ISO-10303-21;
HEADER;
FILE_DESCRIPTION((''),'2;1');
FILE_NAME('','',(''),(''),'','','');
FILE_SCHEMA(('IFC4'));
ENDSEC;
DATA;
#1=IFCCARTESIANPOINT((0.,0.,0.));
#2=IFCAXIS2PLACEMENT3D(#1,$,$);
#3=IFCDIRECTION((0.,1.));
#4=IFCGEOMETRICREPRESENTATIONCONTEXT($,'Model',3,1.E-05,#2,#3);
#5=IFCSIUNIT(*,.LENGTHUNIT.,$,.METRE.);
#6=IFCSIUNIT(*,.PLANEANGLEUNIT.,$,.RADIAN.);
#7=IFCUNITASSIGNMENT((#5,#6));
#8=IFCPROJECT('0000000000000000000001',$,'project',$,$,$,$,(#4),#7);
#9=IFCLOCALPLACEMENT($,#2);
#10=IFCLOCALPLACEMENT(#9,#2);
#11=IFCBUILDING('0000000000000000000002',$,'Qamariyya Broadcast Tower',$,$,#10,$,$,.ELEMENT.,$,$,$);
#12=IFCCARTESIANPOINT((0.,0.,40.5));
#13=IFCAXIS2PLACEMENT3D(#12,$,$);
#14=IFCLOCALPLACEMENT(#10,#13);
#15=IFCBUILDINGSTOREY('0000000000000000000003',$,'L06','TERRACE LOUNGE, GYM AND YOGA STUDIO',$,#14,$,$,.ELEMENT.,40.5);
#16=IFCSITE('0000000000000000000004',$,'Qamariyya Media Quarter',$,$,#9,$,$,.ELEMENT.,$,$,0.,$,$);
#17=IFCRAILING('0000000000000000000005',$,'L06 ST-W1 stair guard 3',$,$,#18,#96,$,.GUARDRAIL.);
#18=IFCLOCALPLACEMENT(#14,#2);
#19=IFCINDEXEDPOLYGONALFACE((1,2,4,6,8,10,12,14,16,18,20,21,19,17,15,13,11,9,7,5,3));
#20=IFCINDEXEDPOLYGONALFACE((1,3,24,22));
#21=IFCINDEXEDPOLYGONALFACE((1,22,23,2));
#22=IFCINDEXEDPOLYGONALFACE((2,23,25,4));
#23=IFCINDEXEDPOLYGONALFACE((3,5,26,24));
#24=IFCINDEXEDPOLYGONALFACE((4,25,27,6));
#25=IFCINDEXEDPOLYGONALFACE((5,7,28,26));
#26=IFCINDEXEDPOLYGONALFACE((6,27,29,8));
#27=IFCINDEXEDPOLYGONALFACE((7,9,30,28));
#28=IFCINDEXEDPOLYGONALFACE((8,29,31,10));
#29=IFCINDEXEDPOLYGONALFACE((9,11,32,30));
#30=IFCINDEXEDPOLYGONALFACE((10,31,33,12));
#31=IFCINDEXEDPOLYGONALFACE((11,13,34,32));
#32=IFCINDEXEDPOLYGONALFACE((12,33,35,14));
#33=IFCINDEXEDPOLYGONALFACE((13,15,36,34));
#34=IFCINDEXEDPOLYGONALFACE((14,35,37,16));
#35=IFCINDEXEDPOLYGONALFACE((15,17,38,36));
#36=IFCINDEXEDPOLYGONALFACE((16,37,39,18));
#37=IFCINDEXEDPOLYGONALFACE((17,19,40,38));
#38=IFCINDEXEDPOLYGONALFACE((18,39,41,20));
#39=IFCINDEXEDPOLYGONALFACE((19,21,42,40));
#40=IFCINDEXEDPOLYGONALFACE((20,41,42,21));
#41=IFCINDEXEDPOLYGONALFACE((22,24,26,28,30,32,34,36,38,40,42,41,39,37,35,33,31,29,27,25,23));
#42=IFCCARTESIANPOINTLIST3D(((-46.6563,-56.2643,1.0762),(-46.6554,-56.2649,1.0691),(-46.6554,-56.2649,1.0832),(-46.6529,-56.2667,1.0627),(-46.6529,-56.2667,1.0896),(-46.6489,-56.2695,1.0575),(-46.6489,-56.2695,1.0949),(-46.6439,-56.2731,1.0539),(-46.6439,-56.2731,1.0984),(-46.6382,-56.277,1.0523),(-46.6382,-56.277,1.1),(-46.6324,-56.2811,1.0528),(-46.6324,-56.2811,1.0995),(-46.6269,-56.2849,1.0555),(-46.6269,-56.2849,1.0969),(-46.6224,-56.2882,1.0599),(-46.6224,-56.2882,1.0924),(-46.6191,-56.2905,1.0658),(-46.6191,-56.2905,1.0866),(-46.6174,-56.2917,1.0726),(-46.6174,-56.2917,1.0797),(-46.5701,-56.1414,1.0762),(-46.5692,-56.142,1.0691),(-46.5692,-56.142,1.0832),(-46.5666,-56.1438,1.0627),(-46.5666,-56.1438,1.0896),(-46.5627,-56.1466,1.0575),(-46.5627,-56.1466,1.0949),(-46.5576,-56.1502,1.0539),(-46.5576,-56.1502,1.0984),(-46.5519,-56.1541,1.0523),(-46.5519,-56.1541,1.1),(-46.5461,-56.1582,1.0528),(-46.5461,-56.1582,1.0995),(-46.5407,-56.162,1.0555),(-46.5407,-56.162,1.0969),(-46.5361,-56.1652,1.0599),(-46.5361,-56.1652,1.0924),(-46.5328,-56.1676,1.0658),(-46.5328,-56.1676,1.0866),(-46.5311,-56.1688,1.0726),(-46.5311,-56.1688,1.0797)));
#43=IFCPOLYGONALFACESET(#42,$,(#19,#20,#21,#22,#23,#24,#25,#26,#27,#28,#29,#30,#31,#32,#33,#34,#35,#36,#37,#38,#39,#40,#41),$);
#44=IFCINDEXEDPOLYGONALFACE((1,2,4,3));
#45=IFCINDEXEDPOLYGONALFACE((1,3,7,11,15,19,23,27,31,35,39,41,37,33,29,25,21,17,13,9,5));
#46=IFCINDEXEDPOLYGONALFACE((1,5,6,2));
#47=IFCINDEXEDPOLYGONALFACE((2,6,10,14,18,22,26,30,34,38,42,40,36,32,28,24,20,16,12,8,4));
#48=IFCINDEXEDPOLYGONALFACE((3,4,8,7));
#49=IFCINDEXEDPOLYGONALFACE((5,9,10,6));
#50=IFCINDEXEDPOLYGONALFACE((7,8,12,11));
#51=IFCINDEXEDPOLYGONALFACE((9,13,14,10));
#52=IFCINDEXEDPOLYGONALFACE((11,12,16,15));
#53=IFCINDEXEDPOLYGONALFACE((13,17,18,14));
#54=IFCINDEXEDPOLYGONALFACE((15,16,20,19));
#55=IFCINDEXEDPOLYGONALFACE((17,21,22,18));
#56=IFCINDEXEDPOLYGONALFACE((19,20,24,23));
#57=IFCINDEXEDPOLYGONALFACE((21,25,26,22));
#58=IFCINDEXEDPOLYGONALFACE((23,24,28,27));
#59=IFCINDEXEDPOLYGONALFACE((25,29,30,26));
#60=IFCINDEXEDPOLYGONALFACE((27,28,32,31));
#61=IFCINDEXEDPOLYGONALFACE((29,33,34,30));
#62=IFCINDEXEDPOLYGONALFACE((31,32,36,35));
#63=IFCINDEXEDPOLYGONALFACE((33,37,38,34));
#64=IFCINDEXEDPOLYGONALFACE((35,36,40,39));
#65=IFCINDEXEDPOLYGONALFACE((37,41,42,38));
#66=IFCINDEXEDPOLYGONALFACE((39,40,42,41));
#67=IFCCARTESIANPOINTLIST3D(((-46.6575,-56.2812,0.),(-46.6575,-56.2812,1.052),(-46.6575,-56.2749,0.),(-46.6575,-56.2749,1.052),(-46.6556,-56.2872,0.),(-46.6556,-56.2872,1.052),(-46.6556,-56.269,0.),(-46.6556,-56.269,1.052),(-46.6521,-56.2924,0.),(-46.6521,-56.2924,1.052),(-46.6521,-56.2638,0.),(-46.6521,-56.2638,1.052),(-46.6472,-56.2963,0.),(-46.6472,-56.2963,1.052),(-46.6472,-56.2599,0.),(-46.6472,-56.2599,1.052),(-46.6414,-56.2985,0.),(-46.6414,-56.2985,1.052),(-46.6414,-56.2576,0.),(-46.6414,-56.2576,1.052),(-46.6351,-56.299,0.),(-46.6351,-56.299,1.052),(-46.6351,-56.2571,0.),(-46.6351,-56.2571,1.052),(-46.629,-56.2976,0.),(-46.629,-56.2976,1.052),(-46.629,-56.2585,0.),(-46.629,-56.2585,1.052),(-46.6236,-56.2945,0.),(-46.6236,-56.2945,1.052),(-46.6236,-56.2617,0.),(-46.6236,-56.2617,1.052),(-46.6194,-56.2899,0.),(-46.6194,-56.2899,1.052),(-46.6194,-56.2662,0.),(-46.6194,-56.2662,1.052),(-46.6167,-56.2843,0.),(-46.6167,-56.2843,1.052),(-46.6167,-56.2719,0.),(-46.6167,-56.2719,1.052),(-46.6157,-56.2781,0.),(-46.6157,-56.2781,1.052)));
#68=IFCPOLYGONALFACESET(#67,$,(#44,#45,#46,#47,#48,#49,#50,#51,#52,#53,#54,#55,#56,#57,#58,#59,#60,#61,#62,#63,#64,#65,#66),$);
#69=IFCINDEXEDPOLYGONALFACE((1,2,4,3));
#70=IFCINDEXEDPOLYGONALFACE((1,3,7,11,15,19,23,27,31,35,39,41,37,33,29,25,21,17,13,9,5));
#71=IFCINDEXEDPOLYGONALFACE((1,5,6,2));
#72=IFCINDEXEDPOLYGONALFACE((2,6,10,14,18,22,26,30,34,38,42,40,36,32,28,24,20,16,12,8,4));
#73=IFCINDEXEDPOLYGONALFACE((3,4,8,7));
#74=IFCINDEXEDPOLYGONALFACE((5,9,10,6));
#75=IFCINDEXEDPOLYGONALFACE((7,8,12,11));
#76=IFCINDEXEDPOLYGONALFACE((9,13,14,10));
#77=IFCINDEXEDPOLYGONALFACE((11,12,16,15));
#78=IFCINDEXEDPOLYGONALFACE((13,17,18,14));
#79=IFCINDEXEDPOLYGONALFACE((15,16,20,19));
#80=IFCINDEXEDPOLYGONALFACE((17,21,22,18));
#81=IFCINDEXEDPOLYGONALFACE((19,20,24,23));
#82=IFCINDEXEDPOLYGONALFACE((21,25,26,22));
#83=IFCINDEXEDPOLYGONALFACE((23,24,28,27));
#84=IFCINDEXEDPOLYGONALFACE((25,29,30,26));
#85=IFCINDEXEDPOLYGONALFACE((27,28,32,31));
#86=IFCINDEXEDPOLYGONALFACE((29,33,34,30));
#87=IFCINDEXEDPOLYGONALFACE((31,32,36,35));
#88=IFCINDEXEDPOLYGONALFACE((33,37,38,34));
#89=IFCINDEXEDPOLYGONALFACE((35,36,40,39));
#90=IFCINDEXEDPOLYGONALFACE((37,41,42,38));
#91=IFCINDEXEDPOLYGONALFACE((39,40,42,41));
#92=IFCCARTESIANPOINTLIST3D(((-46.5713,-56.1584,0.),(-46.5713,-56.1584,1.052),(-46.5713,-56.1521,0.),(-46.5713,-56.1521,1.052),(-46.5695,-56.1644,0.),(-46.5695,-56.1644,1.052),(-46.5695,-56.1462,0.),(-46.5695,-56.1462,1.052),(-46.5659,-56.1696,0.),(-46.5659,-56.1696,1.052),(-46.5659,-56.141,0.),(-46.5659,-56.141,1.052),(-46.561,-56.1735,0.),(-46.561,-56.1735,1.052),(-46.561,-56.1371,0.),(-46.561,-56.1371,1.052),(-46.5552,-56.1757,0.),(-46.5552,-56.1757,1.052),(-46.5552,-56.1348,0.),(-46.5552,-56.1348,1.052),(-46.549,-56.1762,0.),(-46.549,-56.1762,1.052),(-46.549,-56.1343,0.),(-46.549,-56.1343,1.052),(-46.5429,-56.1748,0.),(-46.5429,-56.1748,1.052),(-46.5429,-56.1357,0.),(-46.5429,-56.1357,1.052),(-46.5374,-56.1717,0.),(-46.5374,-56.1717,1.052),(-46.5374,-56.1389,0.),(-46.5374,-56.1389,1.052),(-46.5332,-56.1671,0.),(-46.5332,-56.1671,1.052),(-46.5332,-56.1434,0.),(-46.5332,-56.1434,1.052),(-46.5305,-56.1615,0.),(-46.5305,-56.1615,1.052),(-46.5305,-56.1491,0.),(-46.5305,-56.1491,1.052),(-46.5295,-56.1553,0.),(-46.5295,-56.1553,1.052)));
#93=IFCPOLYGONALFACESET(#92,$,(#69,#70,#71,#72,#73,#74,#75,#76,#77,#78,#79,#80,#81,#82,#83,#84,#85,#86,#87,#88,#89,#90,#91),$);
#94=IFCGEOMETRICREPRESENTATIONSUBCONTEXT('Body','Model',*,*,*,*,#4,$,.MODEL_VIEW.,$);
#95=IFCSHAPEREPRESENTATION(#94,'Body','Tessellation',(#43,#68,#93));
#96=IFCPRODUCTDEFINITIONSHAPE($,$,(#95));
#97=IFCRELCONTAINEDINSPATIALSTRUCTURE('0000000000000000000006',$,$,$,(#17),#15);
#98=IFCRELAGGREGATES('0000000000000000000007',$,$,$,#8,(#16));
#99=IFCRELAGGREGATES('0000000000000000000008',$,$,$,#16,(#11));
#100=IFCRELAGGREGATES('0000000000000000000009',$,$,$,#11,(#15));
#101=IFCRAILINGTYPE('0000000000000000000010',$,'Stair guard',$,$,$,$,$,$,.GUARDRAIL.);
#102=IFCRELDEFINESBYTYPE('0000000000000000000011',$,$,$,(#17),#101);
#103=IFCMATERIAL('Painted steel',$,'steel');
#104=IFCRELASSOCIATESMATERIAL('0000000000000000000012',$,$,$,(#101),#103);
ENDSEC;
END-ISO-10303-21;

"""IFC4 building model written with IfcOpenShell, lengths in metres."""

from ifc_helpers import new_model, si_unit, direction, frame, origin, origin_2d, place, context, subcontext, project, spatial, circle, extrude, material, type_object, element, save


model = new_model("IFC4")

# Units and contexts
model_context = context("Model", 3, precision=1e-05, world=origin(), true_north=direction((0.0, 1.0)))
body_context = subcontext(model_context, "Body", "Model", "MODEL_VIEW")
ifc_project = project(units=[si_unit("LENGTHUNIT", "METRE"), si_unit("PLANEANGLEUNIT", "RADIAN")], contexts=[model_context])

# Site, building, storey
site_placement = place(None, origin())
site = spatial("IfcSite", under=ifc_project, at=site_placement, Name="Qamariyya Media Quarter", CompositionType="ELEMENT", RefElevation=0.0)
building_placement = place(site_placement, origin())
building = spatial("IfcBuilding", under=site, at=building_placement, Name="Qamariyya Broadcast Tower", CompositionType="ELEMENT")
storey_placement = place(building_placement, frame((0.0, 0.0, 40.5)))
storey = spatial("IfcBuildingStorey", under=building, at=storey_placement, Name="L06", Description="TERRACE LOUNGE, GYM AND YOGA STUDIO", CompositionType="ELEMENT", Elevation=40.5)

# Railing
ifc_material_1 = material(Name="Painted steel", Category="steel")
railing_type_1 = type_object("IfcRailingType", Name="Stair guard", PredefinedType="GUARDRAIL", material=ifc_material_1)
railing_1_placement = place(storey_placement, frame((-46.6367, -56.2781, 0.0)))
element("IfcRailing", 1, at=railing_1_placement, inside=storey, type_object=railing_type_1, Name="L06 ST-W1 stair guard 3", PredefinedType="GUARDRAIL", context=body_context, shape_type="SweptSolid", body=[
    extrude(circle(Radius=0.0239, at=origin_2d()), frame((0.0, 0.0, 1.0762), z_axis=(0.574445, 0.818543, 0.0), x_axis=(-0.818543, 0.574445, 0.0)), (0.0, 0.0, 1.0), 0.1501),
    extrude(circle(Radius=0.021, at=origin_2d()), origin(), (0.0, 0.0, 1.0), 1.052),
    extrude(circle(Radius=0.021, at=origin_2d()), frame((0.0862, 0.1228, 0.0)), (0.0, 0.0, 1.0), 1.052),
])

save(model, "model.ifc")
